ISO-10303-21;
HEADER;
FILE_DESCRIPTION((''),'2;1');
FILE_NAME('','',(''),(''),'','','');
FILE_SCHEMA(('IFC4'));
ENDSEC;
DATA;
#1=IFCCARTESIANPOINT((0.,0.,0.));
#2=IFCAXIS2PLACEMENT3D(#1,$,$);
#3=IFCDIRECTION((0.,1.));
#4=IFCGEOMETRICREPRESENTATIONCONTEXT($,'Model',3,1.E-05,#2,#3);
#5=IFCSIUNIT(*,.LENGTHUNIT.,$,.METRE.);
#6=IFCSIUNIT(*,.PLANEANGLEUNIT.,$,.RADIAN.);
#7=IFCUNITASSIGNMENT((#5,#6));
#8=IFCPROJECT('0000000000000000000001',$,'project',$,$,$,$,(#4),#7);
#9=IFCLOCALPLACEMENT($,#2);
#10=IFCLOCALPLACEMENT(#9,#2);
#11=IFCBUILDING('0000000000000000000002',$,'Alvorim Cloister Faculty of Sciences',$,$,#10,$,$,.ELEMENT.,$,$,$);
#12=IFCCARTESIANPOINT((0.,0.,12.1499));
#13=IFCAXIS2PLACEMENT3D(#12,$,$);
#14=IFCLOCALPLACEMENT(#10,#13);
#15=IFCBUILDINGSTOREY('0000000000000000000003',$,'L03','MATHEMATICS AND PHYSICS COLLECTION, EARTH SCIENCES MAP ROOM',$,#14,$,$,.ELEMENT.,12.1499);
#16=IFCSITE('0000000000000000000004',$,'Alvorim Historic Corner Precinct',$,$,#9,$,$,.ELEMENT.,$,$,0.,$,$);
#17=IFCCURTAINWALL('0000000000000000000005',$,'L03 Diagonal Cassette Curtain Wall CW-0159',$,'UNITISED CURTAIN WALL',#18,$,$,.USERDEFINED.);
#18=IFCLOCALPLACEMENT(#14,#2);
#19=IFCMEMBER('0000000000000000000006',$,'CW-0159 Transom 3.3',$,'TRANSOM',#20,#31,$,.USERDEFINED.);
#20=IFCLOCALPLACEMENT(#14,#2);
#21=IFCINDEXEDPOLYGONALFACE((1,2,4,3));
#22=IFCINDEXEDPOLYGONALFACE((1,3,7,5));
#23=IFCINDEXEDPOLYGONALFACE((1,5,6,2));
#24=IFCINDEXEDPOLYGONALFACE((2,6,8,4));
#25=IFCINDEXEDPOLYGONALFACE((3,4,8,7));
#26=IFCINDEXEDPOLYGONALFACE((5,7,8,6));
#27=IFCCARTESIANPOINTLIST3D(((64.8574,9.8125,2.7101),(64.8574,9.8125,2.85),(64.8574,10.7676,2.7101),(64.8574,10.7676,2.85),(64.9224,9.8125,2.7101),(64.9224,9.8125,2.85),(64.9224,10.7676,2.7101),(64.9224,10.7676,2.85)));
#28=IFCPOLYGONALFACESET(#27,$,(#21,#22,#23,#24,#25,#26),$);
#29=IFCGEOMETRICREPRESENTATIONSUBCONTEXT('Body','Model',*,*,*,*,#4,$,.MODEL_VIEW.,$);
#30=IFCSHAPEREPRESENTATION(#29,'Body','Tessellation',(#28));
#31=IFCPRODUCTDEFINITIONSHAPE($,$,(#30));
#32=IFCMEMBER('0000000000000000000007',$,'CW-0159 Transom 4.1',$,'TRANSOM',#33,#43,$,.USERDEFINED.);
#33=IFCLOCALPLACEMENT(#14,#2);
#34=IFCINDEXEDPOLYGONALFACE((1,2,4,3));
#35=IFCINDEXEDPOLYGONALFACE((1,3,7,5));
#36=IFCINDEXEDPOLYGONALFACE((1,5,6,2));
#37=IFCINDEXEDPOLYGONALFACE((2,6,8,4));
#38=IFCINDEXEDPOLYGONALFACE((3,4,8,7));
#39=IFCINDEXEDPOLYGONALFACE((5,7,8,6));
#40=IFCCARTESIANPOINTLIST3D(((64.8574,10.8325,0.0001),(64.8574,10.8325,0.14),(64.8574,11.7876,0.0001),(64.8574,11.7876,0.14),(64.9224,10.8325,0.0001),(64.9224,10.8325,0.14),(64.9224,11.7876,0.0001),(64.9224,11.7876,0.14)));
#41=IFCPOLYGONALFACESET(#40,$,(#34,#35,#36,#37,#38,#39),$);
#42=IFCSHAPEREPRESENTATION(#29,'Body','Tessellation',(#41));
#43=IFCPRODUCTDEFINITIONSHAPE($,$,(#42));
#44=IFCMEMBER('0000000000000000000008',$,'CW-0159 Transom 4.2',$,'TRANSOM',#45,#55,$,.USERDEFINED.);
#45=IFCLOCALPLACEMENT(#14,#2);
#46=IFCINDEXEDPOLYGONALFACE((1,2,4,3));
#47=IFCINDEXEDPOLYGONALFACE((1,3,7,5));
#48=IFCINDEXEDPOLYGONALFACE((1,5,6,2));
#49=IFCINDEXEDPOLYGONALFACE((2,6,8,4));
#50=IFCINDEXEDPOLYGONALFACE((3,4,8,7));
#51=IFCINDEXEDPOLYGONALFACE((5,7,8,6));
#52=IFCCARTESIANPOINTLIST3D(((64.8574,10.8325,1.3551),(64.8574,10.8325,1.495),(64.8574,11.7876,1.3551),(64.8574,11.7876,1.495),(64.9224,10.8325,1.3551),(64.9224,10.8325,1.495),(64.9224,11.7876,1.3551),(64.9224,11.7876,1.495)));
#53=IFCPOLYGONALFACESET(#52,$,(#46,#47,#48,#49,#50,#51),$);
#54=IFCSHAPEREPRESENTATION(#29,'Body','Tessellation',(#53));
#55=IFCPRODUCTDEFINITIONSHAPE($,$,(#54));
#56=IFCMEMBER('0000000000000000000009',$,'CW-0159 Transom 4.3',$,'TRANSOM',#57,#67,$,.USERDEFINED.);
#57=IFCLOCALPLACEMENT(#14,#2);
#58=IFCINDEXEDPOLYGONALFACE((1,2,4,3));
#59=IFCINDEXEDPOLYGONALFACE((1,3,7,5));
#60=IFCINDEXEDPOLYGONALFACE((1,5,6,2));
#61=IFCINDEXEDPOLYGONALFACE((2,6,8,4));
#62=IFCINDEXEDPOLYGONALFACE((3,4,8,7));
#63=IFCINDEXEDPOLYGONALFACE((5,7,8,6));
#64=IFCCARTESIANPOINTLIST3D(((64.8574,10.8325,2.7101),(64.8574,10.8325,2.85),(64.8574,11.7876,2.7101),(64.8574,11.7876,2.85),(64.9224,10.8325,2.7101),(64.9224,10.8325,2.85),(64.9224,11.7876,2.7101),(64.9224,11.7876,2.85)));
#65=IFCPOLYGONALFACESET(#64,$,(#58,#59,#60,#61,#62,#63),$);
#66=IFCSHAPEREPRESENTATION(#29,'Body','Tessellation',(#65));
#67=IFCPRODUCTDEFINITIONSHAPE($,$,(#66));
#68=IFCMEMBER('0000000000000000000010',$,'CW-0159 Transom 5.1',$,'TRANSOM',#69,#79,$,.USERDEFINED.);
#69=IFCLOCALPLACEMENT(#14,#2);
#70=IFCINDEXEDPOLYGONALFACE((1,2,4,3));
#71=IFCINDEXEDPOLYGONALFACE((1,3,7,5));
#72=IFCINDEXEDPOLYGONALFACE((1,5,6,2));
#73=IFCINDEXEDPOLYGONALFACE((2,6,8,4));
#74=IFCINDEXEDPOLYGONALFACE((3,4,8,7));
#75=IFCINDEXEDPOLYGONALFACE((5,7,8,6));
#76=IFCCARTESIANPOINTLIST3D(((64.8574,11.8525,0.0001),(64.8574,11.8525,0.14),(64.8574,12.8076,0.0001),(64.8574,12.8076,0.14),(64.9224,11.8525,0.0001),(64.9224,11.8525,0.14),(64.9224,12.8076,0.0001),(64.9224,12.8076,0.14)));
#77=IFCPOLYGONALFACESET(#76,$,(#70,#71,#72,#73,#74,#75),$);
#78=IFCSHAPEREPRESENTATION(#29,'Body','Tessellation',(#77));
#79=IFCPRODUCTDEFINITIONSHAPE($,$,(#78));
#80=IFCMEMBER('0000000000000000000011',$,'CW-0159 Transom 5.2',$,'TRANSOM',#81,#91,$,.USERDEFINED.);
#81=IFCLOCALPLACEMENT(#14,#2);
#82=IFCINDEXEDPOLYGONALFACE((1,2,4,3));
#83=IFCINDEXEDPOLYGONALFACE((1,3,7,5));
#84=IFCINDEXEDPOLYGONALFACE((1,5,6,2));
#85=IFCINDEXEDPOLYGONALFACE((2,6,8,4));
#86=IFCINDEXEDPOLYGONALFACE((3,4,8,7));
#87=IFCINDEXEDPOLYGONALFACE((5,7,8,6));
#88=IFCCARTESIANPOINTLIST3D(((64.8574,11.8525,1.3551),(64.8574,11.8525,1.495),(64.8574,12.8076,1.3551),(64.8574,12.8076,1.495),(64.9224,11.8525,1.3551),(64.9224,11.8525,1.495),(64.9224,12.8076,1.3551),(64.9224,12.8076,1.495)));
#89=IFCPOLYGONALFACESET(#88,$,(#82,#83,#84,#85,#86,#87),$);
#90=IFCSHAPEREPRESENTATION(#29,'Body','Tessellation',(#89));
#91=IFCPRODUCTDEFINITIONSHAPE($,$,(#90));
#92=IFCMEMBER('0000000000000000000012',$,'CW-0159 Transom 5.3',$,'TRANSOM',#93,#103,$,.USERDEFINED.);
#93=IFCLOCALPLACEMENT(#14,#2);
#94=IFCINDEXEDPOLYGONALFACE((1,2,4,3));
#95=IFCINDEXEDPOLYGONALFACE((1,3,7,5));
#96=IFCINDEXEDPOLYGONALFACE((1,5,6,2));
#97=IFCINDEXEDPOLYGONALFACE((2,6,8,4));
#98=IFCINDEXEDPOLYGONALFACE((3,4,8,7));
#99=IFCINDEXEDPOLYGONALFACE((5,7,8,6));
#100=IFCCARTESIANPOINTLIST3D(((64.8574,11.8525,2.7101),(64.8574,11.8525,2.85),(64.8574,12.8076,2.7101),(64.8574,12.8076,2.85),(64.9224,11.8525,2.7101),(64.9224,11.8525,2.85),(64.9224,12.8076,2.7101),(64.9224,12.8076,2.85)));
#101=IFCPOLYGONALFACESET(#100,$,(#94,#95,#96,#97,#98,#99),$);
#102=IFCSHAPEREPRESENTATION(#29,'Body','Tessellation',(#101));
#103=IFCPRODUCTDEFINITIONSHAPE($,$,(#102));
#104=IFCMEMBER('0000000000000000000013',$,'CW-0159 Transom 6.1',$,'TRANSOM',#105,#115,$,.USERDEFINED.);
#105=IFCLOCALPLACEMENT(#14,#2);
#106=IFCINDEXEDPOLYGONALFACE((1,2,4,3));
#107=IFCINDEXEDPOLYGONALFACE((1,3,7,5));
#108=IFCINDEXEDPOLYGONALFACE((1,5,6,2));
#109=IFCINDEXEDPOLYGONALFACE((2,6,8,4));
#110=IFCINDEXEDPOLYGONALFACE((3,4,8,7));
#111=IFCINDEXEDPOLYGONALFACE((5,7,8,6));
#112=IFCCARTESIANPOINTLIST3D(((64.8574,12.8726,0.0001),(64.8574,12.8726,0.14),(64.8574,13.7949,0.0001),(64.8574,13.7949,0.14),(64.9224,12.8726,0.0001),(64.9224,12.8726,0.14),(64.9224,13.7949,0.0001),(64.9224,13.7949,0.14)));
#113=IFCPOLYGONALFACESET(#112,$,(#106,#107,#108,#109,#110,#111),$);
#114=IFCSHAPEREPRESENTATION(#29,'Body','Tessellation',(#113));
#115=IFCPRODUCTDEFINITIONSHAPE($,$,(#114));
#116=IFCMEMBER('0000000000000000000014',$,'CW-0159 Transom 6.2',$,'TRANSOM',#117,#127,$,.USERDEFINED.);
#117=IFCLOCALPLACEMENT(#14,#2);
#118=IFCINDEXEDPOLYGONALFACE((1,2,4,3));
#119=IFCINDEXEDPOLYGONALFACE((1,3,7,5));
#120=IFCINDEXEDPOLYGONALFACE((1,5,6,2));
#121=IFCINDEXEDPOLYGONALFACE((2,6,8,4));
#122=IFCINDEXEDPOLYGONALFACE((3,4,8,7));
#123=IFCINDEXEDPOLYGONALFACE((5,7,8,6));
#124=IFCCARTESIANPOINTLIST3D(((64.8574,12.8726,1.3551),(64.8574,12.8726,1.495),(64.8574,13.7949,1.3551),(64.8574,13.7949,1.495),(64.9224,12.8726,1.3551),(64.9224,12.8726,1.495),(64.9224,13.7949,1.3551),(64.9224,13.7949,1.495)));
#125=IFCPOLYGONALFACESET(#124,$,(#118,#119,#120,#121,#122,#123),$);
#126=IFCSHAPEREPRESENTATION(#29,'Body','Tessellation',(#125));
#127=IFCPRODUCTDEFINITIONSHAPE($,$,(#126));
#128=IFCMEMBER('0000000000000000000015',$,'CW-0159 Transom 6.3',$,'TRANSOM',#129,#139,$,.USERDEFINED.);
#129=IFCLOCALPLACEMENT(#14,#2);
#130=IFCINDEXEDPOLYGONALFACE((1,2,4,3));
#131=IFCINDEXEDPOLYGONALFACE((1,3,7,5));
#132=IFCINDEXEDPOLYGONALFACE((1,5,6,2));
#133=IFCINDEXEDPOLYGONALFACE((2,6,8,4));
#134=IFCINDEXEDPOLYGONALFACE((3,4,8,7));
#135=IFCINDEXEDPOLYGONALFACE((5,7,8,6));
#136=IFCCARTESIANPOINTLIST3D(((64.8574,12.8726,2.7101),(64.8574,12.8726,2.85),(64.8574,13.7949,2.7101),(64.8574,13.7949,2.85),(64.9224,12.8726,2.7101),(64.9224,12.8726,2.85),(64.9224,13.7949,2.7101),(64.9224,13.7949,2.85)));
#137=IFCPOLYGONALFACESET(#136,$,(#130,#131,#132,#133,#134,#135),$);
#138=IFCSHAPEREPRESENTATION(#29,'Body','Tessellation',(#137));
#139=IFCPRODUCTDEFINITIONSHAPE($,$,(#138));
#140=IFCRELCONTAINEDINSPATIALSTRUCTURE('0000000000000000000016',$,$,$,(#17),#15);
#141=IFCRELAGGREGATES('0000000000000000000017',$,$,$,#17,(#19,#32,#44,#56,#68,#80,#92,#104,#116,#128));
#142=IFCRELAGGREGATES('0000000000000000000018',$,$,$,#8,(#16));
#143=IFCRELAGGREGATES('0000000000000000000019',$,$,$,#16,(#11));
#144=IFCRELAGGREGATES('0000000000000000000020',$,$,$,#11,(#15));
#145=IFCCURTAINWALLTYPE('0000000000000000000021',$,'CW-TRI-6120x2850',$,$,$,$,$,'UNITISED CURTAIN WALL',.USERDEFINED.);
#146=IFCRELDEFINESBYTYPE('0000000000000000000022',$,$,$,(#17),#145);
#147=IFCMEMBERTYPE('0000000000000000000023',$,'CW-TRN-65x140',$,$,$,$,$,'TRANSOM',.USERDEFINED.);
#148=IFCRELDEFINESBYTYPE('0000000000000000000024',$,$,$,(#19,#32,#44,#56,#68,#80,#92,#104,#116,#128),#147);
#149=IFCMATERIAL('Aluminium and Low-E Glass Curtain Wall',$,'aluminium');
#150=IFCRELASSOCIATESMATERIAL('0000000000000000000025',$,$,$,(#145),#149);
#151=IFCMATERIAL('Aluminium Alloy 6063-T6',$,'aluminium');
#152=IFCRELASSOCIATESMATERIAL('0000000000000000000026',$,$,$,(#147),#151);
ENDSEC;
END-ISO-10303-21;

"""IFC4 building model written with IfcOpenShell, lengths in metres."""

from ifc_helpers import new_model, si_unit, direction, frame, origin, origin_2d, place, context, subcontext, project, spatial, rectangle, extrude, material, material_profile, profile_set, type_object, element, aggregate, save


model = new_model("IFC4")

# Units and contexts
model_context = context("Model", 3, precision=1e-05, world=origin(), true_north=direction((0.0, 1.0)))
body_context = subcontext(model_context, "Body", "Model", "MODEL_VIEW")
ifc_project = project(units=[si_unit("LENGTHUNIT", "METRE"), si_unit("PLANEANGLEUNIT", "RADIAN")], contexts=[model_context])

# Site, building, storey
site_placement = place(None, origin())
site = spatial("IfcSite", under=ifc_project, at=site_placement, Name="Alvorim Historic Corner Precinct", CompositionType="ELEMENT", RefElevation=0.0)
building_placement = place(site_placement, origin())
building = spatial("IfcBuilding", under=site, at=building_placement, Name="Alvorim Cloister Faculty of Sciences", CompositionType="ELEMENT")
storey_placement = place(building_placement, frame((0.0, 0.0, 12.1499)))
storey = spatial("IfcBuildingStorey", under=building, at=storey_placement, Name="L03", Description="MATHEMATICS AND PHYSICS COLLECTION, EARTH SCIENCES MAP ROOM", CompositionType="ELEMENT", Elevation=12.1499)

# Curtain wall
ifc_material_1 = material(Name="Aluminium and Low-E Glass Curtain Wall", Category="aluminium")
curtain_wall_type = type_object("IfcCurtainWallType", Name="CW-TRI-6120x2850", ElementType="UNITISED CURTAIN WALL", PredefinedType="USERDEFINED", material=ifc_material_1)
curtain_wall_1_placement = place(storey_placement, origin())
curtain_wall_1 = element("IfcCurtainWall", 1, at=curtain_wall_1_placement, inside=storey, type_object=curtain_wall_type, Name="L03 Diagonal Cassette Curtain Wall CW-0159", ObjectType="UNITISED CURTAIN WALL", PredefinedType="USERDEFINED")
ifc_material_2 = material(Name="Aluminium Alloy 6063-T6", Category="aluminium")

# Members
ifc_material_profile_1 = material_profile(ifc_material_2, rectangle(XDim=0.0649, YDim=0.1399, at=origin_2d()), Name="ALU-TRN-65x140")
ifc_profile_set_1 = profile_set([ifc_material_profile_1], Name="Aluminium Alloy 6063-T6")
member_type_1 = type_object("IfcMemberType", Name="CW-TRN-65x140", ElementType="TRANSOM", PredefinedType="USERDEFINED", material=ifc_profile_set_1)
member_1_placement = place(storey_placement, frame((64.8899, 9.8125, 2.78), z_axis=(0.0, 1.0, 0.0), x_axis=(-1.0, 0.0, 0.0)))
member_1 = element("IfcMember", 2, at=member_1_placement, type_object=member_type_1, Name="CW-0159 Transom 3.3", ObjectType="TRANSOM", PredefinedType="USERDEFINED", context=body_context, shape_type="SweptSolid", body=[
    extrude(rectangle(XDim=0.0649, YDim=0.1399, at=origin_2d()), origin(), (0.0, 0.0, 1.0), 0.9551),
])
member_2_placement = place(storey_placement, frame((64.8899, 10.8325, 0.0701), z_axis=(0.0, 1.0, 0.0), x_axis=(-1.0, 0.0, 0.0)))
member_2 = element("IfcMember", 3, at=member_2_placement, type_object=member_type_1, Name="CW-0159 Transom 4.1", ObjectType="TRANSOM", PredefinedType="USERDEFINED", context=body_context, shape_type="SweptSolid", body=[
    extrude(rectangle(XDim=0.0649, YDim=0.1399, at=origin_2d()), origin(), (0.0, 0.0, 1.0), 0.9551),
])
member_3_placement = place(storey_placement, frame((64.8899, 10.8325, 1.425), z_axis=(0.0, 1.0, 0.0), x_axis=(-1.0, 0.0, 0.0)))
member_3 = element("IfcMember", 4, at=member_3_placement, type_object=member_type_1, Name="CW-0159 Transom 4.2", ObjectType="TRANSOM", PredefinedType="USERDEFINED", context=body_context, shape_type="SweptSolid", body=[
    extrude(rectangle(XDim=0.0649, YDim=0.1399, at=origin_2d()), origin(), (0.0, 0.0, 1.0), 0.9551),
])
member_4_placement = place(storey_placement, frame((64.8899, 10.8325, 2.78), z_axis=(0.0, 1.0, 0.0), x_axis=(-1.0, 0.0, 0.0)))
member_4 = element("IfcMember", 5, at=member_4_placement, type_object=member_type_1, Name="CW-0159 Transom 4.3", ObjectType="TRANSOM", PredefinedType="USERDEFINED", context=body_context, shape_type="SweptSolid", body=[
    extrude(rectangle(XDim=0.0649, YDim=0.1399, at=origin_2d()), origin(), (0.0, 0.0, 1.0), 0.9551),
])
member_5_placement = place(storey_placement, frame((64.8899, 11.8525, 0.0701), z_axis=(0.0, 1.0, 0.0), x_axis=(-1.0, 0.0, 0.0)))
member_5 = element("IfcMember", 6, at=member_5_placement, type_object=member_type_1, Name="CW-0159 Transom 5.1", ObjectType="TRANSOM", PredefinedType="USERDEFINED", context=body_context, shape_type="SweptSolid", body=[
    extrude(rectangle(XDim=0.0649, YDim=0.1399, at=origin_2d()), origin(), (0.0, 0.0, 1.0), 0.9551),
])
member_6_placement = place(storey_placement, frame((64.8899, 11.8525, 1.425), z_axis=(0.0, 1.0, 0.0), x_axis=(-1.0, 0.0, 0.0)))
member_6 = element("IfcMember", 7, at=member_6_placement, type_object=member_type_1, Name="CW-0159 Transom 5.2", ObjectType="TRANSOM", PredefinedType="USERDEFINED", context=body_context, shape_type="SweptSolid", body=[
    extrude(rectangle(XDim=0.0649, YDim=0.1399, at=origin_2d()), origin(), (0.0, 0.0, 1.0), 0.9551),
])
member_7_placement = place(storey_placement, frame((64.8899, 11.8525, 2.78), z_axis=(0.0, 1.0, 0.0), x_axis=(-1.0, 0.0, 0.0)))
member_7 = element("IfcMember", 8, at=member_7_placement, type_object=member_type_1, Name="CW-0159 Transom 5.3", ObjectType="TRANSOM", PredefinedType="USERDEFINED", context=body_context, shape_type="SweptSolid", body=[
    extrude(rectangle(XDim=0.0649, YDim=0.1399, at=origin_2d()), origin(), (0.0, 0.0, 1.0), 0.9551),
])
member_8_placement = place(storey_placement, frame((64.8899, 12.8726, 0.0701), z_axis=(0.0, 1.0, 0.0), x_axis=(-1.0, 0.0, 0.0)))
member_8 = element("IfcMember", 9, at=member_8_placement, type_object=member_type_1, Name="CW-0159 Transom 6.1", ObjectType="TRANSOM", PredefinedType="USERDEFINED", context=body_context, shape_type="SweptSolid", body=[
    extrude(rectangle(XDim=0.0649, YDim=0.1399, at=origin_2d()), origin(), (0.0, 0.0, 1.0), 0.9224),
])
member_9_placement = place(storey_placement, frame((64.8899, 12.8726, 1.425), z_axis=(0.0, 1.0, 0.0), x_axis=(-1.0, 0.0, 0.0)))
member_9 = element("IfcMember", 10, at=member_9_placement, type_object=member_type_1, Name="CW-0159 Transom 6.2", ObjectType="TRANSOM", PredefinedType="USERDEFINED", context=body_context, shape_type="SweptSolid", body=[
    extrude(rectangle(XDim=0.0649, YDim=0.1399, at=origin_2d()), origin(), (0.0, 0.0, 1.0), 0.9224),
])
member_10_placement = place(storey_placement, frame((64.8899, 12.8726, 2.78), z_axis=(0.0, 1.0, 0.0), x_axis=(-1.0, 0.0, 0.0)))
member_10 = element("IfcMember", 11, at=member_10_placement, type_object=member_type_1, Name="CW-0159 Transom 6.3", ObjectType="TRANSOM", PredefinedType="USERDEFINED", context=body_context, shape_type="SweptSolid", body=[
    extrude(rectangle(XDim=0.0649, YDim=0.1399, at=origin_2d()), origin(), (0.0, 0.0, 1.0), 0.9224),
])
aggregate(curtain_wall_1, [member_1, member_2, member_3, member_4, member_5, member_6, member_7, member_8, member_9, member_10])

save(model, "model.ifc")
